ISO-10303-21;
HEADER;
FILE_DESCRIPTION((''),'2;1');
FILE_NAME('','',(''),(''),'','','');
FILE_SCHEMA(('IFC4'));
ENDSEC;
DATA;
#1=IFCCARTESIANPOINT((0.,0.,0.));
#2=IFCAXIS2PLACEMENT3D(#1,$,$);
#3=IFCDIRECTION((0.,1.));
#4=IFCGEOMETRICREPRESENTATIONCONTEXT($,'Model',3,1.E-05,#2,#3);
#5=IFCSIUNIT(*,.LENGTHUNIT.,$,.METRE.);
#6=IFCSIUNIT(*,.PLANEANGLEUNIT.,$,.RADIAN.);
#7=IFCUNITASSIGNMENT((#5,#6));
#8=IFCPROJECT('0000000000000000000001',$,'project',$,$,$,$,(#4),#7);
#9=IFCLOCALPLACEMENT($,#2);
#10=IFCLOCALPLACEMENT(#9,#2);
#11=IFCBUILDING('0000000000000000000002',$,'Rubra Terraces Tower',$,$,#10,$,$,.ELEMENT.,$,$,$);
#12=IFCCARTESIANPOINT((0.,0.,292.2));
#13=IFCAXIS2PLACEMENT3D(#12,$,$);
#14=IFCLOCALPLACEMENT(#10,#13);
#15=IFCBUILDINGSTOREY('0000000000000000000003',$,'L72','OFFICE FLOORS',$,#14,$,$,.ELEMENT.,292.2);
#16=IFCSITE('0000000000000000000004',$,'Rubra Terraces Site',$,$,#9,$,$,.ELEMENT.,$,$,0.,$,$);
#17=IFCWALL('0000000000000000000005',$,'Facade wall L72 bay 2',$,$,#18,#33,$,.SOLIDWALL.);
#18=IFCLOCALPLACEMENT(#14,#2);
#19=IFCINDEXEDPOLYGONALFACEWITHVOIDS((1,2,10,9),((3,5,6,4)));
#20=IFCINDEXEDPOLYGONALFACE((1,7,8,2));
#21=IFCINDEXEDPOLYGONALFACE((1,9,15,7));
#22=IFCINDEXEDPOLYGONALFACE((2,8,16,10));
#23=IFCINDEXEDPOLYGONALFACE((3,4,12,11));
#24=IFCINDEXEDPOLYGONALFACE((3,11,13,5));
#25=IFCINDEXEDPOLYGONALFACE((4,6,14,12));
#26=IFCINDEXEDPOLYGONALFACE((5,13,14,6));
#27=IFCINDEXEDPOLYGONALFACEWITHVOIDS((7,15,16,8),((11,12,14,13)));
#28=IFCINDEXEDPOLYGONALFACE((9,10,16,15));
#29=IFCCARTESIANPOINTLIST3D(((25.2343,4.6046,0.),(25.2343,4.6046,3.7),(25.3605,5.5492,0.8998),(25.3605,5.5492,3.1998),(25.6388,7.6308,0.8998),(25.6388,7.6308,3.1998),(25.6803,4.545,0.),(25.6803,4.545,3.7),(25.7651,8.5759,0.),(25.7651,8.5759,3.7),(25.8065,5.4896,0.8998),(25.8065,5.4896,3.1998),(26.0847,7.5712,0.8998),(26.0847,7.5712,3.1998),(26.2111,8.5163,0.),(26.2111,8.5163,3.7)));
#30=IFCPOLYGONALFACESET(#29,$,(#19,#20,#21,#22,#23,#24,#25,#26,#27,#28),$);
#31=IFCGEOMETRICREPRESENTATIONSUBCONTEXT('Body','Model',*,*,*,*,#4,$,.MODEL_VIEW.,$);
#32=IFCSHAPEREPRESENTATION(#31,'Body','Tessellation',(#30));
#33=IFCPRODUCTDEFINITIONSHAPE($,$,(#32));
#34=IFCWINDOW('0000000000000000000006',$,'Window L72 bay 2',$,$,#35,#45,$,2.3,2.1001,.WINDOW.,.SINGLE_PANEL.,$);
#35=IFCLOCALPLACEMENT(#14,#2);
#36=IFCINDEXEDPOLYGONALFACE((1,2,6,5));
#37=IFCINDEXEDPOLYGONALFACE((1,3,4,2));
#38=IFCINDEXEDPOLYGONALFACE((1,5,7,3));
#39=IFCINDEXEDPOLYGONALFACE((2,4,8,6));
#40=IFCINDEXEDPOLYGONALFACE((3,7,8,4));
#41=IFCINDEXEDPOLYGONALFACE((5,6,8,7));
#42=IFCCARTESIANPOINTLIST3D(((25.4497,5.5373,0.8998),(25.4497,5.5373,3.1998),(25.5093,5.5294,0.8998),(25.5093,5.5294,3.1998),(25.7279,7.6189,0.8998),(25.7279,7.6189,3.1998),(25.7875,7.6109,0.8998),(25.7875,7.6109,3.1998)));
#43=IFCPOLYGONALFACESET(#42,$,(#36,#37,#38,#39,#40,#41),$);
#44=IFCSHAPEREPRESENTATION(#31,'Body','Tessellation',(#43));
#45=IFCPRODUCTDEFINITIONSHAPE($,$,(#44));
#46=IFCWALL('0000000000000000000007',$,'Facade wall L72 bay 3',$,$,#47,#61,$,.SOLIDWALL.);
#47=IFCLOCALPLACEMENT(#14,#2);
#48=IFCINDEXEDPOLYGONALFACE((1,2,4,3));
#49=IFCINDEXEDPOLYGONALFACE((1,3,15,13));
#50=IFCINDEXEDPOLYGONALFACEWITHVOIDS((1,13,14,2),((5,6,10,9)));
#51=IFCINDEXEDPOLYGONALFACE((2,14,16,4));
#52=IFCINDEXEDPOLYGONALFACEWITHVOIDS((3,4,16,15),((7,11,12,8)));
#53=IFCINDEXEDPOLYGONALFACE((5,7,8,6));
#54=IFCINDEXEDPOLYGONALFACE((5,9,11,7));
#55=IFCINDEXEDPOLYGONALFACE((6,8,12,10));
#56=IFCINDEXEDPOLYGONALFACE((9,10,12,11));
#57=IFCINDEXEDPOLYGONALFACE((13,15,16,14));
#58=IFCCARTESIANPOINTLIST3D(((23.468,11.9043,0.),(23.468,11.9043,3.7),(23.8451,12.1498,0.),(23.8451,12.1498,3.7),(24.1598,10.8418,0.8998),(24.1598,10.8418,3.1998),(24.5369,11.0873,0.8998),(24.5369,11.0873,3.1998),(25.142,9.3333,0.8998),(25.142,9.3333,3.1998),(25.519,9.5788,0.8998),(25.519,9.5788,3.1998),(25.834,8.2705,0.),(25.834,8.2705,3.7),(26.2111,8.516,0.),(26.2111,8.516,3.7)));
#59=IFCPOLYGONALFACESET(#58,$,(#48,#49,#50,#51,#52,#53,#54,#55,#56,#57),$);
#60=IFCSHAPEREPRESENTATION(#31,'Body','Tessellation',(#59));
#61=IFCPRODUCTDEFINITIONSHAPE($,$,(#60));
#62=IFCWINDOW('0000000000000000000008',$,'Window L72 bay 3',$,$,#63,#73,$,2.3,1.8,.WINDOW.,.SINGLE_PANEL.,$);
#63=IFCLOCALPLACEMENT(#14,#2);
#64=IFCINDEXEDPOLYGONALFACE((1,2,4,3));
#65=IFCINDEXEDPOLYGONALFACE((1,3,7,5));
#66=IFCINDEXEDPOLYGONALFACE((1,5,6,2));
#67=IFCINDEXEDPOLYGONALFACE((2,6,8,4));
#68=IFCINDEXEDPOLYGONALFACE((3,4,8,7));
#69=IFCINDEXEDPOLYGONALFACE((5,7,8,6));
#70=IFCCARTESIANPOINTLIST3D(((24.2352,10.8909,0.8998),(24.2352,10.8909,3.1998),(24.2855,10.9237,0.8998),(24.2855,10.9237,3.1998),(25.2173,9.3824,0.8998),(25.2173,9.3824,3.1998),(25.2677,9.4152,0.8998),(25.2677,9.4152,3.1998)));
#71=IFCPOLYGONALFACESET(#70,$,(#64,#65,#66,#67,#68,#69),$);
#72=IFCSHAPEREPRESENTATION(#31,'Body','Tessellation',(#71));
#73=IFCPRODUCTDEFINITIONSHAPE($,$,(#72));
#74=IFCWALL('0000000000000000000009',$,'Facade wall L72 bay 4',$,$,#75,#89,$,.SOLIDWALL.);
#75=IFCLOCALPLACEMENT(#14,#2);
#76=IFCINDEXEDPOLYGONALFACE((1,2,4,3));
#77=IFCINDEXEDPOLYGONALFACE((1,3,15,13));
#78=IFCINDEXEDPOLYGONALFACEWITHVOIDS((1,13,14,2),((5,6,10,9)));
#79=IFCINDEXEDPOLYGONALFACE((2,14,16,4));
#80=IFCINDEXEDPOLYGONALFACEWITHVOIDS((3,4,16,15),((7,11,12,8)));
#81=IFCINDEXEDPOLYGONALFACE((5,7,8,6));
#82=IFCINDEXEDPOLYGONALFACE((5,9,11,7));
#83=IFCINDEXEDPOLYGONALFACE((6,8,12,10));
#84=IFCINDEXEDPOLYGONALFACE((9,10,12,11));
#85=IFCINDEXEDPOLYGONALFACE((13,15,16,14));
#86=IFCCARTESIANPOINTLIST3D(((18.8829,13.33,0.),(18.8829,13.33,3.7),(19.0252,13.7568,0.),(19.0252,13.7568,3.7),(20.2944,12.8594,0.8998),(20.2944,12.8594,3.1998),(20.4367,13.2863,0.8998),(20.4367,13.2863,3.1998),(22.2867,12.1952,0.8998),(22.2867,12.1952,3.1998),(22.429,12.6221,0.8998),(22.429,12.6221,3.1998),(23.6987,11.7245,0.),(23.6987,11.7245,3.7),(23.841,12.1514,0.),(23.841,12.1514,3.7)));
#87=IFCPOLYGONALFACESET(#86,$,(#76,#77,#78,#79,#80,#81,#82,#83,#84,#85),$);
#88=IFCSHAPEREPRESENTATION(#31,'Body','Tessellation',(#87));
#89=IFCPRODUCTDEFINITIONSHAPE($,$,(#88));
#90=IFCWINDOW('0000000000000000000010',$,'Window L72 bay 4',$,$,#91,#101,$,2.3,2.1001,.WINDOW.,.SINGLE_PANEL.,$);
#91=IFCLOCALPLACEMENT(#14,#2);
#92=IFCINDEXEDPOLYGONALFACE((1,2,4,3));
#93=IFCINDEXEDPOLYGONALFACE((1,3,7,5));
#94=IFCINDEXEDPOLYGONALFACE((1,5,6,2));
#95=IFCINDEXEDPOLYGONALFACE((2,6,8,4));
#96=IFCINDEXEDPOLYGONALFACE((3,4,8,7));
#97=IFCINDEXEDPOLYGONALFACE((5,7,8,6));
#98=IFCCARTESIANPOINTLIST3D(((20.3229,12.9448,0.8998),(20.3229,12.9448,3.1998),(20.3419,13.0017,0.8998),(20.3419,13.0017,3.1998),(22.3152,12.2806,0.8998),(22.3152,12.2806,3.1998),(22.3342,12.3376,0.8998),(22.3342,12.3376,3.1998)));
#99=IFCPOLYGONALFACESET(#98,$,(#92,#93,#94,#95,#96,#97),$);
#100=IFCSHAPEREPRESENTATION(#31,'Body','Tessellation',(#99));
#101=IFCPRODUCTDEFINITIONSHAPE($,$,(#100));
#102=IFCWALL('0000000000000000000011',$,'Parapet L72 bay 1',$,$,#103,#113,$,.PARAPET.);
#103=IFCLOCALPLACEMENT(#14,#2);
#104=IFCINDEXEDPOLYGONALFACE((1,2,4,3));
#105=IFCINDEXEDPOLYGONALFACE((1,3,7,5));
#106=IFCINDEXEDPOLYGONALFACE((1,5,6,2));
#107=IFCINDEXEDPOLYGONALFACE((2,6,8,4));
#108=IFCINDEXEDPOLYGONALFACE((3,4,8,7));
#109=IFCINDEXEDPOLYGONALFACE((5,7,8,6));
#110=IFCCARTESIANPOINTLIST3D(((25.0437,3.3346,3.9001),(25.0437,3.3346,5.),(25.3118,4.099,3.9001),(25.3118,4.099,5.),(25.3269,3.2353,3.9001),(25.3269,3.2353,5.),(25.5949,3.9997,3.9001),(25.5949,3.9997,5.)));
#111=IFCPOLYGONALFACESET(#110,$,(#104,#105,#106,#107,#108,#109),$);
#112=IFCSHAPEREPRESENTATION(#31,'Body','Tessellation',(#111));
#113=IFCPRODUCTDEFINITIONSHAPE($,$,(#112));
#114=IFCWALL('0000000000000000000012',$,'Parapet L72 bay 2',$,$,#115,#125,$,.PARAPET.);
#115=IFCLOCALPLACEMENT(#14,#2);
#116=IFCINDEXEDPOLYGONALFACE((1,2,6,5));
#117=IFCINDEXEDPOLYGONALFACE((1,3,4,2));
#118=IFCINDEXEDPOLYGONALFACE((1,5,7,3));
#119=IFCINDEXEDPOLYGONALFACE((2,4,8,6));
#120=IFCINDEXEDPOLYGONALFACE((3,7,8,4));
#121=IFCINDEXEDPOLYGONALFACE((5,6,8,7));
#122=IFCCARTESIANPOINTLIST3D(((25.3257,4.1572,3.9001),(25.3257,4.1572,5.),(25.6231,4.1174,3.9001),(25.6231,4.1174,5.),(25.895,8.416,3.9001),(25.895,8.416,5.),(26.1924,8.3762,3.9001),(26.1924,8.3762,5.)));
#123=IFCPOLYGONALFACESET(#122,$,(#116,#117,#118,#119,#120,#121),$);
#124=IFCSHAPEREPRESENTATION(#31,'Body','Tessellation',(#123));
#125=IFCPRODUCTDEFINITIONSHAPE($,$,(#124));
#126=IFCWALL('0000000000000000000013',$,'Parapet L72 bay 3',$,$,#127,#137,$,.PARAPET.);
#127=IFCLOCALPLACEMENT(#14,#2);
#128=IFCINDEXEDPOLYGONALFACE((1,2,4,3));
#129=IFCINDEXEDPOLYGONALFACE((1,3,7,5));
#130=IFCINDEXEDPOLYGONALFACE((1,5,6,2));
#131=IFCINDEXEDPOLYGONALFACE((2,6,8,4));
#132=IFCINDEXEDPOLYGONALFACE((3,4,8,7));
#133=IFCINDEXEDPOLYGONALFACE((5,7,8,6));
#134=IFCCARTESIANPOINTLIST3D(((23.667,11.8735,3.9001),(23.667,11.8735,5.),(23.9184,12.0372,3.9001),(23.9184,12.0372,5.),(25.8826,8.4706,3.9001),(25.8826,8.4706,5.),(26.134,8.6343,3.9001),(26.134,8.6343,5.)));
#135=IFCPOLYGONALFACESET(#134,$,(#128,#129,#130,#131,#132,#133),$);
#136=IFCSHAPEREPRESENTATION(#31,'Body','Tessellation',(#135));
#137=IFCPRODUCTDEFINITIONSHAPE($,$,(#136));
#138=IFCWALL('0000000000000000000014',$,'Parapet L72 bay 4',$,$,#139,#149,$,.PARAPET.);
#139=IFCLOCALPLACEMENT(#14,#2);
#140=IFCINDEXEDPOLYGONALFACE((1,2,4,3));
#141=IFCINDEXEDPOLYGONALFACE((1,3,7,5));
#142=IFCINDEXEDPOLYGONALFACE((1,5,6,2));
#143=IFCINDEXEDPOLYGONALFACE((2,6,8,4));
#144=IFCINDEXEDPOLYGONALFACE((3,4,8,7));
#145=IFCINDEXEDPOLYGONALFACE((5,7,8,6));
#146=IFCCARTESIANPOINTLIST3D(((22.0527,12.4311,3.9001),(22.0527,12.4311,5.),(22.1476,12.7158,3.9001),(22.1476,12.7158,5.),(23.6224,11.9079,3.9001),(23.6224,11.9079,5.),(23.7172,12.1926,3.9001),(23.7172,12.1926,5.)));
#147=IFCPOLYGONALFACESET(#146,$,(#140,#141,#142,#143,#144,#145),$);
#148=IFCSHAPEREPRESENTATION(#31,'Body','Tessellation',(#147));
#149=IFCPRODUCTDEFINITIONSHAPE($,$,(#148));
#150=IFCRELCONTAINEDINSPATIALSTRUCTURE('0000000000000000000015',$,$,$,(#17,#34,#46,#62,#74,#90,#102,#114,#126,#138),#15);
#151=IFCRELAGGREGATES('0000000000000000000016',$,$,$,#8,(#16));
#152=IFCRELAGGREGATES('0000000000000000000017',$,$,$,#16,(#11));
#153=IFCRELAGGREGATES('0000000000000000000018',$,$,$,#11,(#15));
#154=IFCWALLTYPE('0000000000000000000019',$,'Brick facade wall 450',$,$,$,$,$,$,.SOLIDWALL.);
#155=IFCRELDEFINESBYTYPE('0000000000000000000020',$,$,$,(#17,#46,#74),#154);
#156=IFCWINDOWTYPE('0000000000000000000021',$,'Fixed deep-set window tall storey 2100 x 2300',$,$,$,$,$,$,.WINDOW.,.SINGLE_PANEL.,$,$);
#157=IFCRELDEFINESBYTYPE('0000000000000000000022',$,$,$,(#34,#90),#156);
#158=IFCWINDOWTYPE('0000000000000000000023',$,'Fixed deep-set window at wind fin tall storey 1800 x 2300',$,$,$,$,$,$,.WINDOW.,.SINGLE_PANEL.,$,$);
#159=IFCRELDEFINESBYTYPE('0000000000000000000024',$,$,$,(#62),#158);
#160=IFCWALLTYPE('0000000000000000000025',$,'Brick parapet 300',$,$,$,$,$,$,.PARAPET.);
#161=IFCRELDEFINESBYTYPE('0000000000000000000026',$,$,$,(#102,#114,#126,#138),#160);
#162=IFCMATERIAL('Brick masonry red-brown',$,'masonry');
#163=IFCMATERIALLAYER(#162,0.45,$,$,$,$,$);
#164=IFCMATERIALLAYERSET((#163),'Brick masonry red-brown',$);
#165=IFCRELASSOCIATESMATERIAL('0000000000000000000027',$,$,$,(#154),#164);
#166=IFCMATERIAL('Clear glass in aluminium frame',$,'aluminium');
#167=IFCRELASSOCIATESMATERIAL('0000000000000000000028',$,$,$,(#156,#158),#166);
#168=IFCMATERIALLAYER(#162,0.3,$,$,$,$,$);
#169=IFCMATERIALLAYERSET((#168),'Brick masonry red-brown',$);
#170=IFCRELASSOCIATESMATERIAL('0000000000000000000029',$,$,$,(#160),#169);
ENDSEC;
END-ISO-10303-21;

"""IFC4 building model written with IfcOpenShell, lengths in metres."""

from ifc_helpers import new_model, si_unit, direction, frame, frame_2d, origin, place, context, subcontext, project, spatial, rectangle, extrude, material, layer, layer_set, type_object, element, fill, save


model = new_model("IFC4")

# Units and contexts
model_context = context("Model", 3, precision=1e-05, world=origin(), true_north=direction((0.0, 1.0)))
body_context = subcontext(model_context, "Body", "Model", "MODEL_VIEW")
ifc_project = project(units=[si_unit("LENGTHUNIT", "METRE"), si_unit("PLANEANGLEUNIT", "RADIAN")], contexts=[model_context])

# Site, building, storey
site_placement = place(None, origin())
site = spatial("IfcSite", under=ifc_project, at=site_placement, Name="Rubra Terraces Site", CompositionType="ELEMENT", RefElevation=0.0)
building_placement = place(site_placement, origin())
building = spatial("IfcBuilding", under=site, at=building_placement, Name="Rubra Terraces Tower", CompositionType="ELEMENT")
storey_placement = place(building_placement, frame((0.0, 0.0, 292.2)))
storey = spatial("IfcBuildingStorey", under=building, at=storey_placement, Name="L72", Description="OFFICE FLOORS", CompositionType="ELEMENT", Elevation=292.2)

# Walls, openings, windows
ifc_material_1 = material(Name="Brick masonry red-brown", Category="masonry")
ifc_layer_1 = layer(ifc_material_1, 0.45)
ifc_layer_set_1 = layer_set([ifc_layer_1], Name="Brick masonry red-brown")
wall_type_1 = type_object("IfcWallType", Name="Brick facade wall 450", PredefinedType="SOLIDWALL", material=ifc_layer_set_1)
wall_1_placement = place(storey_placement, frame((25.4573, 4.5747, 0.0), z_axis=(0.0, 0.0, 1.0), x_axis=(0.132475, 0.991186, 0.0)))
wall_1 = element("IfcWall", 1, at=wall_1_placement, inside=storey, type_object=wall_type_1, Name="Facade wall L72 bay 2", PredefinedType="SOLIDWALL", context=body_context, shape_type="SweptSolid", body=[
    extrude(rectangle(XDim=4.0066, YDim=0.45, at=frame_2d((2.0034, 0.0))), origin(), (0.0, 0.0, 1.0), 3.7),
])
opening_1_placement = place(wall_1_placement, frame((0.9531, 0.0, 0.8999)))
opening_1 = element("IfcOpeningElement", 2, at=opening_1_placement, cuts=wall_1, PredefinedType="OPENING", context=body_context, shape_type="SweptSolid", body=[
    extrude(rectangle(XDim=2.1001, YDim=2.3, at=frame_2d((1.05, 1.1499))), frame((0.0, 0.2349, 0.0), z_axis=(0.0, -1.0, 0.0), x_axis=(1.0, 0.0, 0.0)), (0.0, 0.0, 1.0), 0.47),
])
ifc_material_2 = material(Name="Clear glass in aluminium frame", Category="aluminium")
window_type_1 = type_object("IfcWindowType", Name="Fixed deep-set window tall storey 2100 x 2300", PartitioningType="SINGLE_PANEL", PredefinedType="WINDOW", material=ifc_material_2)
window_1_placement = place(opening_1_placement, origin())
window_1 = element("IfcWindow", 3, at=window_1_placement, inside=storey, type_object=window_type_1, Name="Window L72 bay 2", OverallHeight=2.3, OverallWidth=2.1001, PartitioningType="SINGLE_PANEL", PredefinedType="WINDOW", context=body_context, shape_type="SweptSolid", body=[
    extrude(rectangle(XDim=2.1001, YDim=2.3, at=frame_2d((1.05, 1.1499))), frame((0.0, 0.135, 0.0), z_axis=(0.0, -1.0, 0.0), x_axis=(1.0, 0.0, 0.0)), (0.0, 0.0, 1.0), 0.0601),
])
fill(opening_1, window_1)
wall_2_placement = place(storey_placement, frame((26.0225, 8.3933, 0.0), z_axis=(0.0, 0.0, 1.0), x_axis=(-0.545637, 0.838021, 0.0)))
wall_2 = element("IfcWall", 4, at=wall_2_placement, inside=storey, type_object=wall_type_1, Name="Facade wall L72 bay 3", PredefinedType="SOLIDWALL", context=body_context, shape_type="SweptSolid", body=[
    extrude(rectangle(XDim=4.3362, YDim=0.45, at=frame_2d((2.168, 0.0))), origin(), (0.0, 0.0, 1.0), 3.7),
])
opening_2_placement = place(wall_2_placement, frame((1.2683, 0.0, 0.8999)))
opening_2 = element("IfcOpeningElement", 5, at=opening_2_placement, cuts=wall_2, PredefinedType="OPENING", context=body_context, shape_type="SweptSolid", body=[
    extrude(rectangle(XDim=1.8, YDim=2.3, at=frame_2d((0.8999, 1.1499))), frame((0.0, 0.2349, 0.0), z_axis=(0.0, -1.0, 0.0), x_axis=(1.0, 0.0, 0.0)), (0.0, 0.0, 1.0), 0.47),
])
window_type_2 = type_object("IfcWindowType", Name="Fixed deep-set window at wind fin tall storey 1800 x 2300", PartitioningType="SINGLE_PANEL", PredefinedType="WINDOW", material=ifc_material_2)
window_2_placement = place(opening_2_placement, origin())
window_2 = element("IfcWindow", 6, at=window_2_placement, inside=storey, type_object=window_type_2, Name="Window L72 bay 3", OverallHeight=2.3, OverallWidth=1.8, PartitioningType="SINGLE_PANEL", PredefinedType="WINDOW", context=body_context, shape_type="SweptSolid", body=[
    extrude(rectangle(XDim=1.8, YDim=2.3, at=frame_2d((0.8999, 1.1499))), frame((0.0, 0.135, 0.0), z_axis=(0.0, -1.0, 0.0), x_axis=(1.0, 0.0, 0.0)), (0.0, 0.0, 1.0), 0.0601),
])
fill(opening_2, window_2)
wall_3_placement = place(storey_placement, frame((23.7698, 11.938, 0.0), z_axis=(0.0, 0.0, 1.0), x_axis=(-0.948674, 0.316257, 0.0)))
wall_3 = element("IfcWall", 7, at=wall_3_placement, inside=storey, type_object=wall_type_1, Name="Facade wall L72 bay 4", PredefinedType="SOLIDWALL", context=body_context, shape_type="SweptSolid", body=[
    extrude(rectangle(XDim=5.0764, YDim=0.45, at=frame_2d((2.5381, 0.0))), origin(), (0.0, 0.0, 1.0), 3.7),
])
opening_3_placement = place(wall_3_placement, frame((1.4883, 0.0, 0.8999)))
opening_3 = element("IfcOpeningElement", 8, at=opening_3_placement, cuts=wall_3, PredefinedType="OPENING", context=body_context, shape_type="SweptSolid", body=[
    extrude(rectangle(XDim=2.1001, YDim=2.3, at=frame_2d((1.05, 1.1499))), frame((0.0, 0.2349, 0.0), z_axis=(0.0, -1.0, 0.0), x_axis=(1.0, 0.0, 0.0)), (0.0, 0.0, 1.0), 0.47),
])
window_3_placement = place(opening_3_placement, origin())
window_3 = element("IfcWindow", 9, at=window_3_placement, inside=storey, type_object=window_type_1, Name="Window L72 bay 4", OverallHeight=2.3, OverallWidth=2.1001, PartitioningType="SINGLE_PANEL", PredefinedType="WINDOW", context=body_context, shape_type="SweptSolid", body=[
    extrude(rectangle(XDim=2.1001, YDim=2.3, at=frame_2d((1.05, 1.1499))), frame((0.0, 0.135, 0.0), z_axis=(0.0, -1.0, 0.0), x_axis=(1.0, 0.0, 0.0)), (0.0, 0.0, 1.0), 0.0601),
])
fill(opening_3, window_3)

# Walls
ifc_layer_2 = layer(ifc_material_1, 0.3)
ifc_layer_set_2 = layer_set([ifc_layer_2], Name="Brick masonry red-brown")
wall_type_2 = type_object("IfcWallType", Name="Brick parapet 300", PredefinedType="PARAPET", material=ifc_layer_set_2)
wall_4_placement = place(storey_placement, frame((25.1853, 3.2849, 3.9001), z_axis=(0.0, 0.0, 1.0), x_axis=(0.330928, 0.943656, 0.0)))
element("IfcWall", 10, at=wall_4_placement, inside=storey, type_object=wall_type_2, Name="Parapet L72 bay 1", PredefinedType="PARAPET", context=body_context, shape_type="SweptSolid", body=[
    extrude(rectangle(XDim=0.8101, YDim=0.3, at=frame_2d((0.405, 0.0))), origin(), (0.0, 0.0, 1.0), 1.0999),
])
wall_5_placement = place(storey_placement, frame((25.4744, 4.1372, 3.9001), z_axis=(0.0, 0.0, 1.0), x_axis=(0.132506, 0.991182, 0.0)))
element("IfcWall", 11, at=wall_5_placement, inside=storey, type_object=wall_type_2, Name="Parapet L72 bay 2", PredefinedType="PARAPET", context=body_context, shape_type="SweptSolid", body=[
    extrude(rectangle(XDim=4.2966, YDim=0.3, at=frame_2d((2.1484, 0.0))), origin(), (0.0, 0.0, 1.0), 1.0999),
])
wall_6_placement = place(storey_placement, frame((26.0083, 8.5525, 3.9001), z_axis=(0.0, 0.0, 1.0), x_axis=(-0.545635, 0.838023, 0.0)))
element("IfcWall", 12, at=wall_6_placement, inside=storey, type_object=wall_type_2, Name="Parapet L72 bay 3", PredefinedType="PARAPET", context=body_context, shape_type="SweptSolid", body=[
    extrude(rectangle(XDim=4.0605, YDim=0.3, at=frame_2d((2.0303, 0.0))), origin(), (0.0, 0.0, 1.0), 1.0999),
])
wall_7_placement = place(storey_placement, frame((23.6697, 12.0503, 3.9001), z_axis=(0.0, 0.0, 1.0), x_axis=(-0.948683, 0.316228, 0.0)))
element("IfcWall", 13, at=wall_7_placement, inside=storey, type_object=wall_type_2, Name="Parapet L72 bay 4", PredefinedType="PARAPET", context=body_context, shape_type="SweptSolid", body=[
    extrude(rectangle(XDim=1.6545, YDim=0.3, at=frame_2d((0.8271, 0.0))), origin(), (0.0, 0.0, 1.0), 1.0999),
])

save(model, "model.ifc")
